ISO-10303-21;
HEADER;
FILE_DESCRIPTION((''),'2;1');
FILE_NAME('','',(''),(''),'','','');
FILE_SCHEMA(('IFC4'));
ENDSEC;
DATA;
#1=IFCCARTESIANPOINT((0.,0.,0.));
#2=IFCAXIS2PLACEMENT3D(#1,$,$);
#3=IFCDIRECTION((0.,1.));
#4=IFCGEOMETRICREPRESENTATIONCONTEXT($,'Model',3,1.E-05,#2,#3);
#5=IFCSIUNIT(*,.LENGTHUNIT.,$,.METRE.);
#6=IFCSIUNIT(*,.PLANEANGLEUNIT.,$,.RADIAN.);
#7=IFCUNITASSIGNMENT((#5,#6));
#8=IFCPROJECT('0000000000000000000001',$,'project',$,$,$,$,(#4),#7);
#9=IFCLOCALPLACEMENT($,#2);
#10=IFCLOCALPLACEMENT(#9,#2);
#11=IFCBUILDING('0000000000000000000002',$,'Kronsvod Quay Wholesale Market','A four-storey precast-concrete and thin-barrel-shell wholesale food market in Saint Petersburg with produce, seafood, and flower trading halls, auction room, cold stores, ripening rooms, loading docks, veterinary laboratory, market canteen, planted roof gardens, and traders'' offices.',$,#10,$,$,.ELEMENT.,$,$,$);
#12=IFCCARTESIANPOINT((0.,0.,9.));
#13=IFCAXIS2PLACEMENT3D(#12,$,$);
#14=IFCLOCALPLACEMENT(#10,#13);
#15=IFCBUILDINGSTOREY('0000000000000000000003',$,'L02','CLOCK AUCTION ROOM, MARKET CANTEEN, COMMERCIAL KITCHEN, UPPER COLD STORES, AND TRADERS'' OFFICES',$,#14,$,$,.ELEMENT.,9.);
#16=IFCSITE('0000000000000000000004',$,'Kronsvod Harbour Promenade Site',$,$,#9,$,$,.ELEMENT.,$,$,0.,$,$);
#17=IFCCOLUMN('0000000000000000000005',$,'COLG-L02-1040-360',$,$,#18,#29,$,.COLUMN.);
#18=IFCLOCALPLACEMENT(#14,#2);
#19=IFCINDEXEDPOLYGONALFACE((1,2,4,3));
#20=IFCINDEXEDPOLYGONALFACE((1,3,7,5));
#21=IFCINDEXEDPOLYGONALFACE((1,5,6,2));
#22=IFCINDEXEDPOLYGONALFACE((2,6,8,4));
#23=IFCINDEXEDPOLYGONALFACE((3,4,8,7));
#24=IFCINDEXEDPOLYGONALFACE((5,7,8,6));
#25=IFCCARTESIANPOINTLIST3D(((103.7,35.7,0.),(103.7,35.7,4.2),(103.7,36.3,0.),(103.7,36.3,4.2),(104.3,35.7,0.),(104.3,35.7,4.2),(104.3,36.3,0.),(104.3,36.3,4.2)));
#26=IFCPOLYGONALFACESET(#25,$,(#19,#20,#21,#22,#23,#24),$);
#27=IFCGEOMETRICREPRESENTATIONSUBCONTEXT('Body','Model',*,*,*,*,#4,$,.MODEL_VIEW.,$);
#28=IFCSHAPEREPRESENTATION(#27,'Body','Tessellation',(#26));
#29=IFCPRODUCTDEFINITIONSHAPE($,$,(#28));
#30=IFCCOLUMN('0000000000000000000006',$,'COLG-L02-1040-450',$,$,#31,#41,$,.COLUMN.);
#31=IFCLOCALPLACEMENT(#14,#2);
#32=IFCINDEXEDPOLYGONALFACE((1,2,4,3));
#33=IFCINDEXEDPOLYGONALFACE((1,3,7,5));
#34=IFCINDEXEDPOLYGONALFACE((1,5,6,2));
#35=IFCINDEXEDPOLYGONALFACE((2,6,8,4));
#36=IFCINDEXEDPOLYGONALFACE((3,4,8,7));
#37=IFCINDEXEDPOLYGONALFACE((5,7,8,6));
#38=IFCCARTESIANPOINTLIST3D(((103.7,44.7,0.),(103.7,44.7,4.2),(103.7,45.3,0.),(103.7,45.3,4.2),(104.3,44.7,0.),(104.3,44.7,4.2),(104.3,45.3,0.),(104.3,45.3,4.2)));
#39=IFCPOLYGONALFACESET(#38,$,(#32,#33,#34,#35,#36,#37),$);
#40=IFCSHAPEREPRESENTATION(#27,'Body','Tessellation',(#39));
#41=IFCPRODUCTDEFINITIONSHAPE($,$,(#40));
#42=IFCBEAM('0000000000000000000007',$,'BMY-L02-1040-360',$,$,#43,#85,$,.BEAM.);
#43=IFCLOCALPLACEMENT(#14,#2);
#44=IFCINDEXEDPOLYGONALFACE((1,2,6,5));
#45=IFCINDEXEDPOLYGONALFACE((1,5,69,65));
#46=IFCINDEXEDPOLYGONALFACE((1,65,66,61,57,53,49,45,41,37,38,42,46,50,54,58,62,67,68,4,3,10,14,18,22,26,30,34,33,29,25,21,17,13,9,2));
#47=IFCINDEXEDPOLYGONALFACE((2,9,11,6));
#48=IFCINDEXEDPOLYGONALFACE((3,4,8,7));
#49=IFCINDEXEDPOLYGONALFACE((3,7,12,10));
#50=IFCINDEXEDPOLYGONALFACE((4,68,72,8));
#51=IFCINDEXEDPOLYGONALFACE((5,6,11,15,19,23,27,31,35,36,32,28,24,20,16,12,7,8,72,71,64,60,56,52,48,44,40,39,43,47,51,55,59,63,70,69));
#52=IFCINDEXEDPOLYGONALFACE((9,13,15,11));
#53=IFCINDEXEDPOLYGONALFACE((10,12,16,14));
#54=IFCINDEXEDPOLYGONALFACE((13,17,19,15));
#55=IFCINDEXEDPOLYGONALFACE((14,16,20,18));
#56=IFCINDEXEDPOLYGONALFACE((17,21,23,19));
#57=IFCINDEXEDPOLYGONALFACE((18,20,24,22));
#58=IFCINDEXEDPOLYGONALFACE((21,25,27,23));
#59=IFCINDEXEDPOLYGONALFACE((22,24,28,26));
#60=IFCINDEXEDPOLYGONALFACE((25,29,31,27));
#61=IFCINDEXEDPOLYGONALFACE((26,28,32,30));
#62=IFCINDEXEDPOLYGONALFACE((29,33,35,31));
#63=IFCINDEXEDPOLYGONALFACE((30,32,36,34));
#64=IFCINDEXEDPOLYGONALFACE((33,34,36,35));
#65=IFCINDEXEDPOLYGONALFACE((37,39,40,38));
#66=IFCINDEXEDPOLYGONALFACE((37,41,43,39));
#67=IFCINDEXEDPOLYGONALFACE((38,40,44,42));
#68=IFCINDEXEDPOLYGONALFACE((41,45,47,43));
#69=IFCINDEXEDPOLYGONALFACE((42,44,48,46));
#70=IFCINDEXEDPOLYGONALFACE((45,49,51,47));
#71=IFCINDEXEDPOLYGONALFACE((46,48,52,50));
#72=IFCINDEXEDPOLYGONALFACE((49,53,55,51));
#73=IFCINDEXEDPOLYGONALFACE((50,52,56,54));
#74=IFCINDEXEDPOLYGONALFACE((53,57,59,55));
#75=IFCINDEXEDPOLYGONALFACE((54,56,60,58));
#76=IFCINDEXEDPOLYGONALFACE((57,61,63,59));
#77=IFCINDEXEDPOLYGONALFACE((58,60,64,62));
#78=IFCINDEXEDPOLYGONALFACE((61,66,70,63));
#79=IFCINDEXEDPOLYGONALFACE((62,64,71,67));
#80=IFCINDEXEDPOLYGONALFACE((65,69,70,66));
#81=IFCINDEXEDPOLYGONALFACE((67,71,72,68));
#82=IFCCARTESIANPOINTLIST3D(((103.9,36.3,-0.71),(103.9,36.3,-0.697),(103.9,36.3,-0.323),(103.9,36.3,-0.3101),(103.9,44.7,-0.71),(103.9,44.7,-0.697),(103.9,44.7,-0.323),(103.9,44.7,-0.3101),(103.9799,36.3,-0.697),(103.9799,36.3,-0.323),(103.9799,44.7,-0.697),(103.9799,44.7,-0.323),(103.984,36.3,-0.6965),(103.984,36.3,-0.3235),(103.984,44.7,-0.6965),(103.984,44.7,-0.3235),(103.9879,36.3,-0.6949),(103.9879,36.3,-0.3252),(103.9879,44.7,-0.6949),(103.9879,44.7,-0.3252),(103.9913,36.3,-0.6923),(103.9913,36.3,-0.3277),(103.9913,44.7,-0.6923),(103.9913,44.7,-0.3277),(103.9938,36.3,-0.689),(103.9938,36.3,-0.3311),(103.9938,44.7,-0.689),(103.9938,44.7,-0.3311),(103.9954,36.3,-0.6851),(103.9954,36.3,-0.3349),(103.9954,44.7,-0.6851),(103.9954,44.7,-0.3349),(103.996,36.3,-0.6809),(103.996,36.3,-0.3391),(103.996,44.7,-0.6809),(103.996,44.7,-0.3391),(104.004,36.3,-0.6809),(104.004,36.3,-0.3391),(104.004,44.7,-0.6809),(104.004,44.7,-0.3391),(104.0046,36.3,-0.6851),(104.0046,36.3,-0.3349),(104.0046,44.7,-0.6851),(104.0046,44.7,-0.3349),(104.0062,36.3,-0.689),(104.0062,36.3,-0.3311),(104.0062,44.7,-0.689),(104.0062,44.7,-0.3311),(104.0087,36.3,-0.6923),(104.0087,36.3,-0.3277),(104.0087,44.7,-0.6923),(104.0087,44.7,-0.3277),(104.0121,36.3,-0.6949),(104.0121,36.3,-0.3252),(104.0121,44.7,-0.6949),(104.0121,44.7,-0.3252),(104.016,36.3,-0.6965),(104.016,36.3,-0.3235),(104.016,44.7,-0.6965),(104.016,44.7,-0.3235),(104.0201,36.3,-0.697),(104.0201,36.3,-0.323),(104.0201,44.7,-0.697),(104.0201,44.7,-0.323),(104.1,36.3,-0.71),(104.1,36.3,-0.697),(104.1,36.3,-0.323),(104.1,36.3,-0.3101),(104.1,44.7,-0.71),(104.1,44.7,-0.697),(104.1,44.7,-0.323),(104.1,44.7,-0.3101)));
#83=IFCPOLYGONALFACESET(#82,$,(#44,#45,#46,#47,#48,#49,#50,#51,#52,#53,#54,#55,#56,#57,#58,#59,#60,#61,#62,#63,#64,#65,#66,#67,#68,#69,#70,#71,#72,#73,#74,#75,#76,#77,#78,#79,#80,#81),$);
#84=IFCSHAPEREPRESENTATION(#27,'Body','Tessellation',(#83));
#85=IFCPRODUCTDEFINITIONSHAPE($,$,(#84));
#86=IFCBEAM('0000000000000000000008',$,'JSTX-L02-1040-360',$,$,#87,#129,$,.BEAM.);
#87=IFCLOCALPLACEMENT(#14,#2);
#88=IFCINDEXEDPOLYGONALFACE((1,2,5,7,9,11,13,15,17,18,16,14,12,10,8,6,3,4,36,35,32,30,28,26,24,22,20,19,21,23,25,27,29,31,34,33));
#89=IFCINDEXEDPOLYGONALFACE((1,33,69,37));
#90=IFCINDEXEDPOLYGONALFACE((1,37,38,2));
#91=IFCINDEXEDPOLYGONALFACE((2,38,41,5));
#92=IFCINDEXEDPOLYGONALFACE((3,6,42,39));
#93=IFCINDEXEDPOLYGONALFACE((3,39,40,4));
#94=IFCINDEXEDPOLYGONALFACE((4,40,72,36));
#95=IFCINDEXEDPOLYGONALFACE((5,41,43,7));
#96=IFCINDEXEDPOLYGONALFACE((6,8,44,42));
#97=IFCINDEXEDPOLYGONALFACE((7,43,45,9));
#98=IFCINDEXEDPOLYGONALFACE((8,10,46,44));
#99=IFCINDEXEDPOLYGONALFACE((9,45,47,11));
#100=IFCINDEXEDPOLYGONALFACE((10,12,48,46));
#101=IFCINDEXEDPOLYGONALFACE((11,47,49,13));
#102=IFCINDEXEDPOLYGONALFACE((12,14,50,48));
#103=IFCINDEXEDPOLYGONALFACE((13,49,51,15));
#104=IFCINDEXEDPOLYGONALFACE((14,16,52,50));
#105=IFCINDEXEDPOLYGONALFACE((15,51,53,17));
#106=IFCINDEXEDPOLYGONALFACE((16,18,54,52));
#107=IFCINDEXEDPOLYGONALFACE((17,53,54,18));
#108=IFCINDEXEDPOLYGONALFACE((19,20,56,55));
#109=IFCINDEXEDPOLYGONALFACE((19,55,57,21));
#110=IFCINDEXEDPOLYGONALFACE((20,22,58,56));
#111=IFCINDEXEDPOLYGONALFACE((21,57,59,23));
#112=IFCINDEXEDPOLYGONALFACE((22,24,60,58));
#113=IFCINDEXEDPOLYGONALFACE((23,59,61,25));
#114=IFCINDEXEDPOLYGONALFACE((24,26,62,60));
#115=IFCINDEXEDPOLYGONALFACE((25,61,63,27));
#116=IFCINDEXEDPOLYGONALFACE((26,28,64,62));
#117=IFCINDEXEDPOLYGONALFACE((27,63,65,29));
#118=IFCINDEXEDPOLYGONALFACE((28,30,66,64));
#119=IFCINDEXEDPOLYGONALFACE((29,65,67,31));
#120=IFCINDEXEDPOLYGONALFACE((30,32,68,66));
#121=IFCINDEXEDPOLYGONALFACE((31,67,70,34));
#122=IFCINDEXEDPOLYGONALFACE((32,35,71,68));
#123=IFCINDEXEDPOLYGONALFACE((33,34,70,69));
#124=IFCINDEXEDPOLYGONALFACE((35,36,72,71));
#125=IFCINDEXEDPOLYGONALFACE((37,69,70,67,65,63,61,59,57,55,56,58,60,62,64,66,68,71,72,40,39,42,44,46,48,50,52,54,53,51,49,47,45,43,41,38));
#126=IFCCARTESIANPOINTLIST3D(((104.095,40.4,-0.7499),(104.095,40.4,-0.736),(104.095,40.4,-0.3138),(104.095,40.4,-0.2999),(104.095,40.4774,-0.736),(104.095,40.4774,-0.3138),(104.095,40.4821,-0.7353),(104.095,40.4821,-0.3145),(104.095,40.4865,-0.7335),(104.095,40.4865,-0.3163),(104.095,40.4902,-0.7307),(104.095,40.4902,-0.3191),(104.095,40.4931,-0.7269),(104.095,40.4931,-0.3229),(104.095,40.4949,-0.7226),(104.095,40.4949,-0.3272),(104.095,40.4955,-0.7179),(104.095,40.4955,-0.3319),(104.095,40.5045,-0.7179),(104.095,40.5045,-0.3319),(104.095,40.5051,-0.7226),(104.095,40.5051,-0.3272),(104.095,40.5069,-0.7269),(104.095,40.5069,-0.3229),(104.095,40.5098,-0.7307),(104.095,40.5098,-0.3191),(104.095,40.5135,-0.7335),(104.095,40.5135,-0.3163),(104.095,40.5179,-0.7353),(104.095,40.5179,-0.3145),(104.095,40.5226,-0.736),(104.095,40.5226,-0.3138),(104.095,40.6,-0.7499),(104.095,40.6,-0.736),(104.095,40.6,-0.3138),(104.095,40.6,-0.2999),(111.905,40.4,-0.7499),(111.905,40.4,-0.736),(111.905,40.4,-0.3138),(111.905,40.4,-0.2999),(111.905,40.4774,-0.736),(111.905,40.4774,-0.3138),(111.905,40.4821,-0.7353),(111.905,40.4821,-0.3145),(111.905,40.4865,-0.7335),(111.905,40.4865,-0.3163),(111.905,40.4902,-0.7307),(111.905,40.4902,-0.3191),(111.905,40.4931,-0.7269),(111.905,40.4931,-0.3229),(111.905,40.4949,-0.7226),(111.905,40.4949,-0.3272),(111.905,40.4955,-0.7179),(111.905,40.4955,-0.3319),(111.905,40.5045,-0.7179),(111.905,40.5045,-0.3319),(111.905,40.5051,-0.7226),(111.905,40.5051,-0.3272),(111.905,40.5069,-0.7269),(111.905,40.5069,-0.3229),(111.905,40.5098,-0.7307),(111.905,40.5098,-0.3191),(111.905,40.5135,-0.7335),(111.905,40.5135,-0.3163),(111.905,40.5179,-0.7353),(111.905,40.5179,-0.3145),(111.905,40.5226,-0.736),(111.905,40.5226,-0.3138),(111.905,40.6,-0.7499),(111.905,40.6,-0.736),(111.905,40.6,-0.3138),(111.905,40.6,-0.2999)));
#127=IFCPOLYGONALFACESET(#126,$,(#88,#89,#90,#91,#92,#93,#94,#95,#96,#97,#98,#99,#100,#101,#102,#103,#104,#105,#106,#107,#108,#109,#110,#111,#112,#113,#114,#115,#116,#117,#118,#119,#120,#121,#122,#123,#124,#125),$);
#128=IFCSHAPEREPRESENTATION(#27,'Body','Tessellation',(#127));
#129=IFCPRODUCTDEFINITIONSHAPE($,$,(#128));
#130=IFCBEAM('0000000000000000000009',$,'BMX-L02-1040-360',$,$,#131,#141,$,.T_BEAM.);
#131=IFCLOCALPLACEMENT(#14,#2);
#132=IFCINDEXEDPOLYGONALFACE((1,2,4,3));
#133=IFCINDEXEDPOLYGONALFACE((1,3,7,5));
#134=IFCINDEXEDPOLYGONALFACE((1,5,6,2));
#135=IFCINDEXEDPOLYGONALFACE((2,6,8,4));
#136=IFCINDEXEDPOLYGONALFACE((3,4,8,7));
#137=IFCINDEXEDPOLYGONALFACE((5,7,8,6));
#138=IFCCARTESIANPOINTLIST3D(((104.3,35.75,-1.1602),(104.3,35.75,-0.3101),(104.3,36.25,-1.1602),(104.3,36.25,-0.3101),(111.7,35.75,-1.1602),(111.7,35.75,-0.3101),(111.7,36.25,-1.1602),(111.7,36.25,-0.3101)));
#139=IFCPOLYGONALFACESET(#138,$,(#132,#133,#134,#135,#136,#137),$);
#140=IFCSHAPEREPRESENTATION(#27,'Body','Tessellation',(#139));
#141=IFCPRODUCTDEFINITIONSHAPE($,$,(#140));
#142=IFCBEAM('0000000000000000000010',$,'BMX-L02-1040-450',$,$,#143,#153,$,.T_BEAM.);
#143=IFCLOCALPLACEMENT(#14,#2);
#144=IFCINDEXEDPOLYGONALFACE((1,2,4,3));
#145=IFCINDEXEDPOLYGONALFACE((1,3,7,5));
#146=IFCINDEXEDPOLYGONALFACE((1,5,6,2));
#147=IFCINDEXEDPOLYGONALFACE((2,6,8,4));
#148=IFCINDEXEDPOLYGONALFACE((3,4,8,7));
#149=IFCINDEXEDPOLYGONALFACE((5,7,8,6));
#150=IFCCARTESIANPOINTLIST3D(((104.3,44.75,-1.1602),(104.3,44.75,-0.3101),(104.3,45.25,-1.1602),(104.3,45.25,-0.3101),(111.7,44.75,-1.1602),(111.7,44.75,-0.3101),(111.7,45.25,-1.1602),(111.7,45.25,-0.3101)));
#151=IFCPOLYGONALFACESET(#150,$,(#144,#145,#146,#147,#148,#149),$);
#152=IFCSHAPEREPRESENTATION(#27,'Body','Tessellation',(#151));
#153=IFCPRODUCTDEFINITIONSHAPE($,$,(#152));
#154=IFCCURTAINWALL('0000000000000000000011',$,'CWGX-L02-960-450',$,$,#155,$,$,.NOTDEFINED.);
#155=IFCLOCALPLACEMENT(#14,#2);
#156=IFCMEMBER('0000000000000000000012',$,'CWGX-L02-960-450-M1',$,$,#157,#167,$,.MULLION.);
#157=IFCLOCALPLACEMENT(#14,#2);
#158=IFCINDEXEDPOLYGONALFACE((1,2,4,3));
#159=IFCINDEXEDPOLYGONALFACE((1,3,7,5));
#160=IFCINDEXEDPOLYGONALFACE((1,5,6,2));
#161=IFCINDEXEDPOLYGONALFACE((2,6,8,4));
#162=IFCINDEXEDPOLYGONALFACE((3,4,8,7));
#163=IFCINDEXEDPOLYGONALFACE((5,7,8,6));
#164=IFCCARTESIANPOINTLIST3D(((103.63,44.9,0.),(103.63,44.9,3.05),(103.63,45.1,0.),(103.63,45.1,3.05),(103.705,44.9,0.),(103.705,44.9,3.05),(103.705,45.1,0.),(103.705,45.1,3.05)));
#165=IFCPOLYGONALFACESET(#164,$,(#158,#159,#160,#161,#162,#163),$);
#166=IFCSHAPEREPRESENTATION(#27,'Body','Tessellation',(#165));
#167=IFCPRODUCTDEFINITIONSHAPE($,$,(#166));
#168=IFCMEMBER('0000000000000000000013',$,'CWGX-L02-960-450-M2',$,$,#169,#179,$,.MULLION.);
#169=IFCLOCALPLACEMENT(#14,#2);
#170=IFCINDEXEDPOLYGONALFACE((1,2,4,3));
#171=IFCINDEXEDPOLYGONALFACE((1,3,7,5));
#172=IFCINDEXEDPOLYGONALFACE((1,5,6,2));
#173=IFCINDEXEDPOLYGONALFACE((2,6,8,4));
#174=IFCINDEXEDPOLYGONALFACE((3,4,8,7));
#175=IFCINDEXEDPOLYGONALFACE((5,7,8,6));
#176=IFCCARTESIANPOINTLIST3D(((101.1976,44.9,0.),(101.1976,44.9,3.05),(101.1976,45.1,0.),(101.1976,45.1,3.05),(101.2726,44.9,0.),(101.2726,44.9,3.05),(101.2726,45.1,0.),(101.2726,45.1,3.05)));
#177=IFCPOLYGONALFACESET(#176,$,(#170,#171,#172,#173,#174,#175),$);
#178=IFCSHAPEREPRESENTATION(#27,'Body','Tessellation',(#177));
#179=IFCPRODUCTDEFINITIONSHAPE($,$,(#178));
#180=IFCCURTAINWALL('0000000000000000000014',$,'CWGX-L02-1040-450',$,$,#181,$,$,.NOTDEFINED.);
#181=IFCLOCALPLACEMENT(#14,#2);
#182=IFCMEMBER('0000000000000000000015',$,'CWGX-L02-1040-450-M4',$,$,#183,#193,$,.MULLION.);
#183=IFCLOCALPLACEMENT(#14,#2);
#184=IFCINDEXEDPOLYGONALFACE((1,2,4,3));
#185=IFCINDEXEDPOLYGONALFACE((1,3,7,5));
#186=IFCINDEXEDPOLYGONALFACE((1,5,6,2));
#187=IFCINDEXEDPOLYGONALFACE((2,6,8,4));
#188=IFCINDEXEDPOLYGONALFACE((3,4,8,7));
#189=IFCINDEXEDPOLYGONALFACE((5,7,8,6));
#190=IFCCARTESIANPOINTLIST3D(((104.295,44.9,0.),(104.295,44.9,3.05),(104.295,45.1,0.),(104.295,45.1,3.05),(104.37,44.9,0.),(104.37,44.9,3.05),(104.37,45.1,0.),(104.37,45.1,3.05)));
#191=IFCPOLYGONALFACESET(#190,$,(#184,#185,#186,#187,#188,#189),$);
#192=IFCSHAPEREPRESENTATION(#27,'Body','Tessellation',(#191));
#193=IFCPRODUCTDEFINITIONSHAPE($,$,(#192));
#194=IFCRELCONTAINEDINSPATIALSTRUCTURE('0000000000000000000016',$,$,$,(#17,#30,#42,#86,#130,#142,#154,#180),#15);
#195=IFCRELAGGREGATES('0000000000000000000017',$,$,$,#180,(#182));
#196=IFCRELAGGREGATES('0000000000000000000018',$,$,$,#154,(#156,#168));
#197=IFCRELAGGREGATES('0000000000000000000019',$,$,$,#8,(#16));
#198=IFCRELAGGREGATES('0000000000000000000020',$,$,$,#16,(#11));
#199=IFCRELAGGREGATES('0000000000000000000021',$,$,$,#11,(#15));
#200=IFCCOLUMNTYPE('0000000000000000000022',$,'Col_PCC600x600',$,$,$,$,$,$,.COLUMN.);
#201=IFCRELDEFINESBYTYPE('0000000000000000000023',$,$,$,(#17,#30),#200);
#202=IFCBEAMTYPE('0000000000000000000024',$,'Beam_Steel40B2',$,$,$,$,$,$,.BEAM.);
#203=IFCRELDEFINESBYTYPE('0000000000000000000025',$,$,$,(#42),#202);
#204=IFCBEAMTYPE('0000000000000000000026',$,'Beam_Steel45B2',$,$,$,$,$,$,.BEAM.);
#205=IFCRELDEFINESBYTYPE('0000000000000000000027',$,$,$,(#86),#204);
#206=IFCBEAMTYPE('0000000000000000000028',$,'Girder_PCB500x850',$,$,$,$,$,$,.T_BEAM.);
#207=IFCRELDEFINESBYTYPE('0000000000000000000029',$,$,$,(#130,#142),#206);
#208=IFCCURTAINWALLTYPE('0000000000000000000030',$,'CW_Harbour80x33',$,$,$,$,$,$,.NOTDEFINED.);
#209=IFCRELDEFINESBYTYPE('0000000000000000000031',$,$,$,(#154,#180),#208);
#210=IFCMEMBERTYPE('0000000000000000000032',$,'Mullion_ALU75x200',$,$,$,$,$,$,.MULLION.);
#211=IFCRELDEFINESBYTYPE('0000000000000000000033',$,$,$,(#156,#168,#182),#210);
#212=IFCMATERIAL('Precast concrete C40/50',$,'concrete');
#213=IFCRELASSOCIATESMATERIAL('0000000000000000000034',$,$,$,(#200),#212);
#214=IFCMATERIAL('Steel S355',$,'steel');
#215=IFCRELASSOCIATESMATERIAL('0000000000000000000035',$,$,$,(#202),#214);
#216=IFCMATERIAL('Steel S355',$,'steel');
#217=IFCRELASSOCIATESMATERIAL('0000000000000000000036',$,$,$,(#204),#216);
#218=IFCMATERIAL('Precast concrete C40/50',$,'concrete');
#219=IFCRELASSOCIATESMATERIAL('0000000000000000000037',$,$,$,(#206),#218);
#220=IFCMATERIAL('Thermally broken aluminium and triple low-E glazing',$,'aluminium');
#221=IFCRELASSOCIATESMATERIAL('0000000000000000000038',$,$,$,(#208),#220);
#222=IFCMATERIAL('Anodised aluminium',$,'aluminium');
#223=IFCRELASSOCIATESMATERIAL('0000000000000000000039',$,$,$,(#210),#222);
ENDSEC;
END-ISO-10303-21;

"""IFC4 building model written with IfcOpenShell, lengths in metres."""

from ifc_helpers import new_model, si_unit, direction, frame, origin, origin_2d, place, context, subcontext, project, spatial, rectangle, i_section, extrude, material, material_profile, profile_set, type_object, element, aggregate, save


model = new_model("IFC4")

# Units and contexts
model_context = context("Model", 3, precision=1e-05, world=origin(), true_north=direction((0.0, 1.0)))
body_context = subcontext(model_context, "Body", "Model", "MODEL_VIEW")
ifc_project = project(units=[si_unit("LENGTHUNIT", "METRE"), si_unit("PLANEANGLEUNIT", "RADIAN")], contexts=[model_context])

# Site, building, storey
site_placement = place(None, origin())
site = spatial("IfcSite", under=ifc_project, at=site_placement, Name="Kronsvod Harbour Promenade Site", CompositionType="ELEMENT", RefElevation=0.0)
building_placement = place(site_placement, origin())
building = spatial("IfcBuilding", under=site, at=building_placement, Name="Kronsvod Quay Wholesale Market", Description="A four-storey precast-concrete and thin-barrel-shell wholesale food market in Saint Petersburg with produce, seafood, and flower trading halls, auction room, cold stores, ripening rooms, loading docks, veterinary laboratory, market canteen, planted roof gardens, and traders' offices.", CompositionType="ELEMENT")
storey_placement = place(building_placement, frame((0.0, 0.0, 9.0)))
storey = spatial("IfcBuildingStorey", under=building, at=storey_placement, Name="L02", Description="CLOCK AUCTION ROOM, MARKET CANTEEN, COMMERCIAL KITCHEN, UPPER COLD STORES, AND TRADERS' OFFICES", CompositionType="ELEMENT", Elevation=9.0)

# Columns
ifc_material_1 = material(Name="Precast concrete C40/50", Category="concrete")
ifc_material_profile_1 = material_profile(ifc_material_1, rectangle(XDim=0.6001, YDim=0.6001, at=origin_2d()), Name="PCC600x600")
ifc_profile_set_1 = profile_set([ifc_material_profile_1], Name="Precast concrete C40/50")
column_type = type_object("IfcColumnType", Name="Col_PCC600x600", PredefinedType="COLUMN", material=ifc_profile_set_1)
for number, where, z_axis, x_axis, name in (
    (1, (104.0, 36.0, 0.0), (0.0, 0.0, 1.0), (1.0, 0.0, 0.0), "COLG-L02-1040-360"),
    (2, (104.0, 45.0, 0.0), (0.0, 0.0, 1.0), (1.0, 0.0, 0.0), "COLG-L02-1040-450"),
):
    element("IfcColumn", number, at=place(storey_placement, frame(where, z_axis=z_axis, x_axis=x_axis)), inside=storey, type_object=column_type, Name=name, PredefinedType="COLUMN", context=body_context, shape_type="SweptSolid", body=[
        extrude(rectangle(XDim=0.6001, YDim=0.6001, at=origin_2d()), origin(), (0.0, 0.0, 1.0), 4.2),
    ])

# Beams
ifc_material_2 = material(Name="Steel S355", Category="steel")
ifc_material_profile_2 = material_profile(ifc_material_2, i_section(OverallWidth=0.2, OverallDepth=0.3999, WebThickness=0.0081, FlangeThickness=0.0129, FilletRadius=0.0161, at=origin_2d()), Name="40B2")
ifc_profile_set_2 = profile_set([ifc_material_profile_2], Name="Steel S355")
beam_type_1 = type_object("IfcBeamType", Name="Beam_Steel40B2", PredefinedType="BEAM", material=ifc_profile_set_2)
beam_1_placement = place(storey_placement, frame((104.0, 36.3, -0.51), z_axis=(0.0, 1.0, 0.0), x_axis=(-1.0, 0.0, 0.0)))
element("IfcBeam", 3, at=beam_1_placement, inside=storey, type_object=beam_type_1, Name="BMY-L02-1040-360", PredefinedType="BEAM", context=body_context, shape_type="SweptSolid", body=[
    extrude(i_section(OverallWidth=0.2, OverallDepth=0.3999, WebThickness=0.0081, FlangeThickness=0.0129, FilletRadius=0.0161, at=origin_2d()), origin(), (0.0, 0.0, 1.0), 8.3999),
])
ifc_material_3 = material(Name="Steel S355", Category="steel")
ifc_material_profile_3 = material_profile(ifc_material_3, i_section(OverallWidth=0.2, OverallDepth=0.45, WebThickness=0.009, FlangeThickness=0.0139, FilletRadius=0.0181, at=origin_2d()), Name="45B2")
ifc_profile_set_3 = profile_set([ifc_material_profile_3], Name="Steel S355")
beam_type_2 = type_object("IfcBeamType", Name="Beam_Steel45B2", PredefinedType="BEAM", material=ifc_profile_set_3)
beam_2_placement = place(storey_placement, frame((104.095, 40.5, -0.5249), z_axis=(1.0, 0.0, 0.0), x_axis=(0.0, 1.0, 0.0)))
element("IfcBeam", 4, at=beam_2_placement, inside=storey, type_object=beam_type_2, Name="JSTX-L02-1040-360", PredefinedType="BEAM", context=body_context, shape_type="SweptSolid", body=[
    extrude(i_section(OverallWidth=0.2, OverallDepth=0.45, WebThickness=0.009, FlangeThickness=0.0139, FilletRadius=0.0181, at=origin_2d()), origin(), (0.0, 0.0, 1.0), 7.8101),
])
ifc_material_4 = material(Name="Precast concrete C40/50", Category="concrete")
ifc_material_profile_4 = material_profile(ifc_material_4, rectangle(XDim=0.5, YDim=0.8501, at=origin_2d()), Name="PCB500x850")
ifc_profile_set_4 = profile_set([ifc_material_profile_4], Name="Precast concrete C40/50")
beam_type_3 = type_object("IfcBeamType", Name="Girder_PCB500x850", PredefinedType="T_BEAM", material=ifc_profile_set_4)
for number, where, z_axis, x_axis, name in (
    (5, (104.3, 36.0, -0.7351), (1.0, 0.0, 0.0), (0.0, 1.0, 0.0), "BMX-L02-1040-360"),
    (6, (104.3, 45.0, -0.7351), (1.0, 0.0, 0.0), (0.0, 1.0, 0.0), "BMX-L02-1040-450"),
):
    element("IfcBeam", number, at=place(storey_placement, frame(where, z_axis=z_axis, x_axis=x_axis)), inside=storey, type_object=beam_type_3, Name=name, PredefinedType="T_BEAM", context=body_context, shape_type="SweptSolid", body=[
        extrude(rectangle(XDim=0.5, YDim=0.8501, at=origin_2d()), origin(), (0.0, 0.0, 1.0), 7.3999),
    ])

# Curtain wall, members
ifc_material_5 = material(Name="Thermally broken aluminium and triple low-E glazing", Category="aluminium")
curtain_wall_type = type_object("IfcCurtainWallType", Name="CW_Harbour80x33", PredefinedType="NOTDEFINED", material=ifc_material_5)
curtain_wall_1_placement = place(storey_placement, origin())
curtain_wall_1 = element("IfcCurtainWall", 7, at=curtain_wall_1_placement, inside=storey, type_object=curtain_wall_type, Name="CWGX-L02-960-450", PredefinedType="NOTDEFINED")
ifc_material_6 = material(Name="Anodised aluminium", Category="aluminium")
ifc_material_profile_5 = material_profile(ifc_material_6, rectangle(XDim=0.075, YDim=0.2, at=origin_2d()), Name="ALUM75x200")
ifc_profile_set_5 = profile_set([ifc_material_profile_5], Name="Anodised aluminium")
member_type_1 = type_object("IfcMemberType", Name="Mullion_ALU75x200", PredefinedType="MULLION", material=ifc_profile_set_5)
member_1_placement = place(storey_placement, frame((103.6675, 45.0, 0.0), z_axis=(0.0, 0.0, 1.0), x_axis=(1.0, 0.0, 0.0)))
member_1 = element("IfcMember", 8, at=member_1_placement, type_object=member_type_1, Name="CWGX-L02-960-450-M1", PredefinedType="MULLION", context=body_context, shape_type="SweptSolid", body=[
    extrude(rectangle(XDim=0.075, YDim=0.2, at=origin_2d()), origin(), (0.0, 0.0, 1.0), 3.05),
])
member_2_placement = place(storey_placement, frame((101.2351, 45.0, 0.0), z_axis=(0.0, 0.0, 1.0), x_axis=(1.0, 0.0, 0.0)))
member_2 = element("IfcMember", 9, at=member_2_placement, type_object=member_type_1, Name="CWGX-L02-960-450-M2", PredefinedType="MULLION", context=body_context, shape_type="SweptSolid", body=[
    extrude(rectangle(XDim=0.075, YDim=0.2, at=origin_2d()), origin(), (0.0, 0.0, 1.0), 3.05),
])

# Curtain wall, member
curtain_wall_2_placement = place(storey_placement, origin())
curtain_wall_2 = element("IfcCurtainWall", 10, at=curtain_wall_2_placement, inside=storey, type_object=curtain_wall_type, Name="CWGX-L02-1040-450", PredefinedType="NOTDEFINED")
member_3_placement = place(storey_placement, frame((104.3325, 45.0, 0.0), z_axis=(0.0, 0.0, 1.0), x_axis=(1.0, 0.0, 0.0)))
member_3 = element("IfcMember", 11, at=member_3_placement, type_object=member_type_1, Name="CWGX-L02-1040-450-M4", PredefinedType="MULLION", context=body_context, shape_type="SweptSolid", body=[
    extrude(rectangle(XDim=0.075, YDim=0.2, at=origin_2d()), origin(), (0.0, 0.0, 1.0), 3.05),
])

aggregate(curtain_wall_2, [member_3])
aggregate(curtain_wall_1, [member_1, member_2])

save(model, "model.ifc")
